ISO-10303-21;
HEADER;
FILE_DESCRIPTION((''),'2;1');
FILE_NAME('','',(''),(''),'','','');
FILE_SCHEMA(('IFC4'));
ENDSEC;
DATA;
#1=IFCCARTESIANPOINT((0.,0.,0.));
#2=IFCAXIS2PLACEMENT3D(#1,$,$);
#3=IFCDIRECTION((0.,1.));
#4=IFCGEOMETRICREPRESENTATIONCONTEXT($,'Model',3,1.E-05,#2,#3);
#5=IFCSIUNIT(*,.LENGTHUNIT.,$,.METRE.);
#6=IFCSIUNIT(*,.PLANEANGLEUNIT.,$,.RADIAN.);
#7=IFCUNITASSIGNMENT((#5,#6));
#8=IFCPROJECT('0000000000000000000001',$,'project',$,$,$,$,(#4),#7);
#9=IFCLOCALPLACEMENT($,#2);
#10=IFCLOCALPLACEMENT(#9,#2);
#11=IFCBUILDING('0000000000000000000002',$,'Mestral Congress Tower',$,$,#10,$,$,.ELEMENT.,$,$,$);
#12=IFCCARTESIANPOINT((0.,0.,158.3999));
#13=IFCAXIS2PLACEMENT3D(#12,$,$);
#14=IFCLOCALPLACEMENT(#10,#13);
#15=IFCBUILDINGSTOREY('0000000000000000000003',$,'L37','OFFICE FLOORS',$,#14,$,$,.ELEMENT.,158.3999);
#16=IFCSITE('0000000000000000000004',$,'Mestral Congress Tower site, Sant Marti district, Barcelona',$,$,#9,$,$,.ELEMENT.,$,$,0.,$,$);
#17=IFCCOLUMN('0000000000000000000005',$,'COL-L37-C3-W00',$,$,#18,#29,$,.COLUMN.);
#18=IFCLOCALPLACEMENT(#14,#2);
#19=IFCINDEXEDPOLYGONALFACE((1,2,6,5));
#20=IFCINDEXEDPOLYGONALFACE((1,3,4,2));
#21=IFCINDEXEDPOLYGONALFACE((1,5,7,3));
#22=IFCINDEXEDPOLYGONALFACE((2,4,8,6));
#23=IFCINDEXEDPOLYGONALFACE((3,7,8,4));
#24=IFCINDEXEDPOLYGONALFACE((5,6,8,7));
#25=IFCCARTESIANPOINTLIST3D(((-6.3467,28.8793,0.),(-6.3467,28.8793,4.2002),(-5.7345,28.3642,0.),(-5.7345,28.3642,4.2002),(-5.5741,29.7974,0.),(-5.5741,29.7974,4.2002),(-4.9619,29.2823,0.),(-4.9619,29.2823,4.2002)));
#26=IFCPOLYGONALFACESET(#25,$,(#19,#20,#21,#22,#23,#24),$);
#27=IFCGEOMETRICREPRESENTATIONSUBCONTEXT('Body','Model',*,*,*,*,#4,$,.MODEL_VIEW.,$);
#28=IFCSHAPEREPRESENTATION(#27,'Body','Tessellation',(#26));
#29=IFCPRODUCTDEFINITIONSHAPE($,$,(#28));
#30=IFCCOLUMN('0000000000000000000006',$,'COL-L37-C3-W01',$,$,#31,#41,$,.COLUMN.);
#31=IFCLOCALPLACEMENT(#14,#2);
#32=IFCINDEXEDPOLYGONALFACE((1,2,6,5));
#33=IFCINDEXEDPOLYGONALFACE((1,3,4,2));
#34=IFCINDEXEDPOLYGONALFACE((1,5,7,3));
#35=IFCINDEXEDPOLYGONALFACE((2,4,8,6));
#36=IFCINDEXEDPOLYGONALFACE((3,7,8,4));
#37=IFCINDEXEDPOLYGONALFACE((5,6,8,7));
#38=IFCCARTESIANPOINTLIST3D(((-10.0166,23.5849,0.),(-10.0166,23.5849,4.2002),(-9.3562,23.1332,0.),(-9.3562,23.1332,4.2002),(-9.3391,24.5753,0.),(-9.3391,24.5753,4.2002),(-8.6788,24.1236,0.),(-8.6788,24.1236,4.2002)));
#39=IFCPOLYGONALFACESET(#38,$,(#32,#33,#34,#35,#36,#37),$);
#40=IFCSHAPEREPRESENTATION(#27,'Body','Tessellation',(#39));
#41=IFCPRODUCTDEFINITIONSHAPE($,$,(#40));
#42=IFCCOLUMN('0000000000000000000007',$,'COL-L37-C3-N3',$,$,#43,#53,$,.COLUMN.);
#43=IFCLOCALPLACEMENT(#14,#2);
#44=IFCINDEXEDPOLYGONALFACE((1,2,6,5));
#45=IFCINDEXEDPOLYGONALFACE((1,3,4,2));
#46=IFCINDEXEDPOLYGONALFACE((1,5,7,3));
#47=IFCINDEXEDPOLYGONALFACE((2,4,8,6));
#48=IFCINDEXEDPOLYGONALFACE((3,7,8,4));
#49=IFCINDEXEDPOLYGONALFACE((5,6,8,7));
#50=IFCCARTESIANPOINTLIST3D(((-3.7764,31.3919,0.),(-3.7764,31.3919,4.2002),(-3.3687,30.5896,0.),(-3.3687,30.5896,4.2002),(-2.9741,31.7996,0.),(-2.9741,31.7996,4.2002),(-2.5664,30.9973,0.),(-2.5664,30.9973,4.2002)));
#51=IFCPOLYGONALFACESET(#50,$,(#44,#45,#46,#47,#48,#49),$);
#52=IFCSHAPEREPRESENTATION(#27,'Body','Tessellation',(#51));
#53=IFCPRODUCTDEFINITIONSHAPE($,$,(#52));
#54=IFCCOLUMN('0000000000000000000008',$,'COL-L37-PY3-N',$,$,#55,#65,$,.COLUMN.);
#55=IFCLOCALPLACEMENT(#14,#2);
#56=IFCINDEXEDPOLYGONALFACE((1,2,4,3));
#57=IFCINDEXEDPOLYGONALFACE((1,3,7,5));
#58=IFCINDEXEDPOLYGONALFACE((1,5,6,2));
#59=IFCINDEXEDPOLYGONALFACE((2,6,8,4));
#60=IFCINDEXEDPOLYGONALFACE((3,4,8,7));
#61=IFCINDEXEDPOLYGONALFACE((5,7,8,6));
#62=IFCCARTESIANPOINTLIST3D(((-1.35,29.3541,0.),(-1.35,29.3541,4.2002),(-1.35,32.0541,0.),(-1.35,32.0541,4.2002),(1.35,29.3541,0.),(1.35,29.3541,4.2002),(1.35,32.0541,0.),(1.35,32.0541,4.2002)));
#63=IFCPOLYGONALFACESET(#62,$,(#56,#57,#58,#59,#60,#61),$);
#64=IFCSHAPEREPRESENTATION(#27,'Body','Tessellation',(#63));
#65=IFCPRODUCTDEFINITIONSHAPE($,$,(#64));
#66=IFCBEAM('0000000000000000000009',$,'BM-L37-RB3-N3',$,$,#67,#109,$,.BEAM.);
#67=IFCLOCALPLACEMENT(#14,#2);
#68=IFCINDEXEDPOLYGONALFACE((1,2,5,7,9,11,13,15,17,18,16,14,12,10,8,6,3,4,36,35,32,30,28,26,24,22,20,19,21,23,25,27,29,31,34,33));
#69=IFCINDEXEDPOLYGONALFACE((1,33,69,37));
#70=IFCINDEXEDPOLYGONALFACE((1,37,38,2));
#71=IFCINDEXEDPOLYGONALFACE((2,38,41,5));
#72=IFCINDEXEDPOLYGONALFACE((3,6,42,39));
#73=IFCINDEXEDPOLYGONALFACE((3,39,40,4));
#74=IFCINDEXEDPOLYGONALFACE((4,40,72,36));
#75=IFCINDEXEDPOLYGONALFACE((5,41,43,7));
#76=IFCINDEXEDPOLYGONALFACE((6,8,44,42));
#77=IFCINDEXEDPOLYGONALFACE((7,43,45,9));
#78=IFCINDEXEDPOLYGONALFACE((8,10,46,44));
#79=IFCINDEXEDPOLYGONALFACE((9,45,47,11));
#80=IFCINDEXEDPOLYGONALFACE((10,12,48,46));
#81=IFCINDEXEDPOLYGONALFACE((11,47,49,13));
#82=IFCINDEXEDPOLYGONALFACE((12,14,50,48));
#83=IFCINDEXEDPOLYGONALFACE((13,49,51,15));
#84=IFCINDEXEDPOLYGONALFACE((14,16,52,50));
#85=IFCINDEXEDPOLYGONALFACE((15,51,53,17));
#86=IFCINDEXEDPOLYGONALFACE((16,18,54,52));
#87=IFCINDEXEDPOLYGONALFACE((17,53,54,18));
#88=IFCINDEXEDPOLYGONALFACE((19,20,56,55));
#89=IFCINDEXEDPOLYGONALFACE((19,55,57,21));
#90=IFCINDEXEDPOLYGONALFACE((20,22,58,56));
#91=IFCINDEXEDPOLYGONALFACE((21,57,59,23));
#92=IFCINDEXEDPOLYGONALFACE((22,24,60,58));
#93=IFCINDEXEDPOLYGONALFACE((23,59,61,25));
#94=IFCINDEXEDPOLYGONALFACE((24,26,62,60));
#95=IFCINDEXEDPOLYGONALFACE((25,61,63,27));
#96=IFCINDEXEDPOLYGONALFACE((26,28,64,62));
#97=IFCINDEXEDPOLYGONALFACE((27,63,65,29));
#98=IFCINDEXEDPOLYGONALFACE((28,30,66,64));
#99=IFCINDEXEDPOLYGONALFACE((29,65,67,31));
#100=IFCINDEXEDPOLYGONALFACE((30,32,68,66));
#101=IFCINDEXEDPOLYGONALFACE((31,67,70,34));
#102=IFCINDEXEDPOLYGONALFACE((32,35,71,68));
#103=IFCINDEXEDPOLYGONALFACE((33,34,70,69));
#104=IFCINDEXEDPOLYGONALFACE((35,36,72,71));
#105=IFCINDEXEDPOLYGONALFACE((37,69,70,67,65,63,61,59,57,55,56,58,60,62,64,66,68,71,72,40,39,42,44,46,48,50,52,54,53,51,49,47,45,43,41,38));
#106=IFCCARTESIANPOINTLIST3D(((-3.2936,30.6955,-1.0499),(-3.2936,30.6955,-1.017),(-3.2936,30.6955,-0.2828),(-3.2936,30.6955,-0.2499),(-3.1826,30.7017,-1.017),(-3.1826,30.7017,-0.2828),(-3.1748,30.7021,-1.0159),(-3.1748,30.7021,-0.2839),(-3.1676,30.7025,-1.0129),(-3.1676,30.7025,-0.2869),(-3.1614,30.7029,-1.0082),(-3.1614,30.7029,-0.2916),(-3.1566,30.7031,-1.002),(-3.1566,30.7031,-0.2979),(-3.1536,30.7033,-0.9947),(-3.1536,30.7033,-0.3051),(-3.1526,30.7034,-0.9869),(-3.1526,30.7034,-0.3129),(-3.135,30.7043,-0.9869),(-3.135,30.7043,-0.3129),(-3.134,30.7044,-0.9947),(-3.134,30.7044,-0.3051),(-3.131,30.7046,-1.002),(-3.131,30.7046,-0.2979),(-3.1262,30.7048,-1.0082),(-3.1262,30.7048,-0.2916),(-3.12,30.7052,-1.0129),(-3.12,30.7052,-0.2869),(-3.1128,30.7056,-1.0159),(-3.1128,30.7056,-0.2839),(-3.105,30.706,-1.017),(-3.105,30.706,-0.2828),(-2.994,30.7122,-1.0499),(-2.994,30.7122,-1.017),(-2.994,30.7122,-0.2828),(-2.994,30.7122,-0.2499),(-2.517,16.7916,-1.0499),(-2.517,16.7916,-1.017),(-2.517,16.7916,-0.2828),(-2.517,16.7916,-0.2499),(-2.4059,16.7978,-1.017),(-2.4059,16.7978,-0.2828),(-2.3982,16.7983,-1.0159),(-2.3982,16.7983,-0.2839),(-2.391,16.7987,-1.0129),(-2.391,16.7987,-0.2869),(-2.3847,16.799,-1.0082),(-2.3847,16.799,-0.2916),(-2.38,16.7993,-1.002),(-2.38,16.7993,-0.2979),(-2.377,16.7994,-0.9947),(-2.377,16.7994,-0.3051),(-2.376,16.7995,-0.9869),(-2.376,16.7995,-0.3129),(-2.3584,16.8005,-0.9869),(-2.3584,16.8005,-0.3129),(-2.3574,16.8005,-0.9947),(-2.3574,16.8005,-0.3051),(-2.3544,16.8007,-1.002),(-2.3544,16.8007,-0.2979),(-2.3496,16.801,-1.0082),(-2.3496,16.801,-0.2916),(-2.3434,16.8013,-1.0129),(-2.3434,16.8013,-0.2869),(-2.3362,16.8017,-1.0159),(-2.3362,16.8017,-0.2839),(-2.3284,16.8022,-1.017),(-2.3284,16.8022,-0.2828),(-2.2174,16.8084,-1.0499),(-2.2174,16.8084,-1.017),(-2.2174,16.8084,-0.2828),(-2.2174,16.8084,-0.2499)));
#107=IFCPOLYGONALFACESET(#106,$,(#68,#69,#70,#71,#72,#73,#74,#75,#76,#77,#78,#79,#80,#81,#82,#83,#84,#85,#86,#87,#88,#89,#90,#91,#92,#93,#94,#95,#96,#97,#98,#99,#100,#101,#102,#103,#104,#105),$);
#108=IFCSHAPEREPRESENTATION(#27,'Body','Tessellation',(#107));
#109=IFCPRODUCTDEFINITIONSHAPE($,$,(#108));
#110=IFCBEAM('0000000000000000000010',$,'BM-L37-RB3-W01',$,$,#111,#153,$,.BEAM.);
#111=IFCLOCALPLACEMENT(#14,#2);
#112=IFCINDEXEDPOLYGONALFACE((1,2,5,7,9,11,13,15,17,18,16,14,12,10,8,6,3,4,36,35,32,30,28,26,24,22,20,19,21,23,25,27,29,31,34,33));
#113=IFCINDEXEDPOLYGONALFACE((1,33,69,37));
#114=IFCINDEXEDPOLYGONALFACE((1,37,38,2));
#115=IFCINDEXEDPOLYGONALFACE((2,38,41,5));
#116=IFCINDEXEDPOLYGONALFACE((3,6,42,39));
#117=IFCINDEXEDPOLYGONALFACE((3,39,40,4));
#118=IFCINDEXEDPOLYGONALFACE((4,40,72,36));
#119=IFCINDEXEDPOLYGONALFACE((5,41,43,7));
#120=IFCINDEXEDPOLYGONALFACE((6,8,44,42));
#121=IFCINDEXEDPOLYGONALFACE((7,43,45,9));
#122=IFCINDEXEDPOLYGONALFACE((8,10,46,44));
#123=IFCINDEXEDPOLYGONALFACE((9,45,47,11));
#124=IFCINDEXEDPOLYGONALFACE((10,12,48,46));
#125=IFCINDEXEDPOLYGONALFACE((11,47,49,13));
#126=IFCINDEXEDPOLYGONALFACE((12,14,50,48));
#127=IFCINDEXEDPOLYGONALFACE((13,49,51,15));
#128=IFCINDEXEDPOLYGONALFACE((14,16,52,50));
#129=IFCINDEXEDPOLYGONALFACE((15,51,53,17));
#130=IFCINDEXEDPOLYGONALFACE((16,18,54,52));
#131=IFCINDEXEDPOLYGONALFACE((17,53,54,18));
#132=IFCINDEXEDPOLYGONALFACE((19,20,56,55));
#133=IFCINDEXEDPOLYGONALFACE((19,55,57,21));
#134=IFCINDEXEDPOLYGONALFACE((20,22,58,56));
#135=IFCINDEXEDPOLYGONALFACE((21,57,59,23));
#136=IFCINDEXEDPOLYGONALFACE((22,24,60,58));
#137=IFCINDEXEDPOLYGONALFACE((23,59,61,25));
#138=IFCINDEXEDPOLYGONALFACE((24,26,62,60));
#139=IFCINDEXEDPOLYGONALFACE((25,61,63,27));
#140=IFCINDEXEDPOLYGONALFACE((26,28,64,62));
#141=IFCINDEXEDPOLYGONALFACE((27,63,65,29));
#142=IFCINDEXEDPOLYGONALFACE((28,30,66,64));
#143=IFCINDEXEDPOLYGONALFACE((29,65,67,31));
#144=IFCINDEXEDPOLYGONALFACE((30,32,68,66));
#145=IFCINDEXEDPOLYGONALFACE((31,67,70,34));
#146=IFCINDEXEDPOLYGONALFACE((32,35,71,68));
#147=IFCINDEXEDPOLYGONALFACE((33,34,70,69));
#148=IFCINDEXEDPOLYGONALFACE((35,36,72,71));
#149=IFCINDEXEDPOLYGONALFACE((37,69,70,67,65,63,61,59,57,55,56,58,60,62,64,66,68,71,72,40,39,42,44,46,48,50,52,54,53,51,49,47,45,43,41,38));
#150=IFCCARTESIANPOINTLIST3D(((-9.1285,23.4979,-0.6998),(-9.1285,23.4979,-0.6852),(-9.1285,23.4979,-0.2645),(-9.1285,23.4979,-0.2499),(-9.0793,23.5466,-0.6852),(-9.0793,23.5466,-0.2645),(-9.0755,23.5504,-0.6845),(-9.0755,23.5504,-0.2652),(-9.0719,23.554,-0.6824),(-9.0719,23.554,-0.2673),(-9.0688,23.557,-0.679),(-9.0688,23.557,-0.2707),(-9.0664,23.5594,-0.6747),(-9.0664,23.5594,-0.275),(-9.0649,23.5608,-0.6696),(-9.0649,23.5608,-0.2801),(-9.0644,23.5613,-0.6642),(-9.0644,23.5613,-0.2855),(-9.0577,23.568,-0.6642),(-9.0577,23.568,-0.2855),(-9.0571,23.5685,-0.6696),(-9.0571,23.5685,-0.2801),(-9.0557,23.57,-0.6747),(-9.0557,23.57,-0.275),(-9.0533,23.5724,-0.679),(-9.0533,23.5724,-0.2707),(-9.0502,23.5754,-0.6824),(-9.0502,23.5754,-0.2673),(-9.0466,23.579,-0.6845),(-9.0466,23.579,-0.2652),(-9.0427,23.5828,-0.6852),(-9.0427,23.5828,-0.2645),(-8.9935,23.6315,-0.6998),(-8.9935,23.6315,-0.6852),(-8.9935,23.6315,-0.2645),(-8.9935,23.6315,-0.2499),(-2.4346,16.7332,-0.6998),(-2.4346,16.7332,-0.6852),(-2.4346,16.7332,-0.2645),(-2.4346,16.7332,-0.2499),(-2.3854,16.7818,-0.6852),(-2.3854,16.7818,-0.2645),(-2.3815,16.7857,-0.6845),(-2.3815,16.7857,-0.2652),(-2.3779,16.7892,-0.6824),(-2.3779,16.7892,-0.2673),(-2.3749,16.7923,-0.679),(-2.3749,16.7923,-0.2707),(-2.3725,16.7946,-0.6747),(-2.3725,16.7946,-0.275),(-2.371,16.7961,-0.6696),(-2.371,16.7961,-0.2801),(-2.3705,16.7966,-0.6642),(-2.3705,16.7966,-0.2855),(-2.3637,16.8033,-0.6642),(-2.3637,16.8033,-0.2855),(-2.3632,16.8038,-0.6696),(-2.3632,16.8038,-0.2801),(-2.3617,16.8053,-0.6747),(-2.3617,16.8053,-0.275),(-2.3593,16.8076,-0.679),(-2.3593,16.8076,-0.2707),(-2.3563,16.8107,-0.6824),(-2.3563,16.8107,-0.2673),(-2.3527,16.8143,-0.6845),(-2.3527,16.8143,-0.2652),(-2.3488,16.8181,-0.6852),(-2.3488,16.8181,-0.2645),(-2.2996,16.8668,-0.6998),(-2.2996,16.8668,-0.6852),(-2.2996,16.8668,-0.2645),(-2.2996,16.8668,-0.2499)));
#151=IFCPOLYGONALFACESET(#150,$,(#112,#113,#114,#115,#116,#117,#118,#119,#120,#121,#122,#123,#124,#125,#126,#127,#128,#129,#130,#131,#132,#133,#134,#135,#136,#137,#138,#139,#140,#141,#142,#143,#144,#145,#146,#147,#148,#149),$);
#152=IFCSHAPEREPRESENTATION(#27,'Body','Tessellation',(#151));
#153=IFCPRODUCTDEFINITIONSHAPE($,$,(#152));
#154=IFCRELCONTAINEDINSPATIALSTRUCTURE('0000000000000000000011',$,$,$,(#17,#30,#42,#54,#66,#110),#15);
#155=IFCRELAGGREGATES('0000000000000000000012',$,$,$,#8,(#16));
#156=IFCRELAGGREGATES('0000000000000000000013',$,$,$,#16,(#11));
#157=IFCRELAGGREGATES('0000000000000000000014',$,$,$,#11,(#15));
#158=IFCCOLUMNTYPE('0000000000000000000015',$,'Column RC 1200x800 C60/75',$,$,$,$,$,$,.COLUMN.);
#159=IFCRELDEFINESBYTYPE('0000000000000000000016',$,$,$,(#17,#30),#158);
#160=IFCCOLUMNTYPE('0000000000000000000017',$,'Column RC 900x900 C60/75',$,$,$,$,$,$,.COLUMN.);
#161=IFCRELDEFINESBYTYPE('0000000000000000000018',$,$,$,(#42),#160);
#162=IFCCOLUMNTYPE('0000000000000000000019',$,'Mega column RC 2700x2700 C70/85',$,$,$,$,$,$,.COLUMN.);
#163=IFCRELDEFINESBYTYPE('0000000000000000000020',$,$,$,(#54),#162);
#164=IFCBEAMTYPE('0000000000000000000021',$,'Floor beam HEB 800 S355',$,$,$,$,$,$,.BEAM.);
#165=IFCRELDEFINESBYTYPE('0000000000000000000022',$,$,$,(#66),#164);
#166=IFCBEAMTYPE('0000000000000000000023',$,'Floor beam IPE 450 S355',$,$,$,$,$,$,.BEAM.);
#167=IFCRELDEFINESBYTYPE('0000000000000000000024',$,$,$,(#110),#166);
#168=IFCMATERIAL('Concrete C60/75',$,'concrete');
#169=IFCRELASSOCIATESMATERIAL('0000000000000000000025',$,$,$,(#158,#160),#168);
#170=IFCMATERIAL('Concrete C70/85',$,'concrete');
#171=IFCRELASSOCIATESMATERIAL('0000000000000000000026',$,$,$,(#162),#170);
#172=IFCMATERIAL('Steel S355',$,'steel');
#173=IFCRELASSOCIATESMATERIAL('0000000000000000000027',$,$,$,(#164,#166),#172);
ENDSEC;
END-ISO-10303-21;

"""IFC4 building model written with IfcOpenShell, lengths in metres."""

from ifc_helpers import new_model, si_unit, direction, frame, origin, origin_2d, place, context, subcontext, project, spatial, rectangle, i_section, extrude, material, material_profile, profile_set, type_object, element, save


model = new_model("IFC4")

# Units and contexts
model_context = context("Model", 3, precision=1e-05, world=origin(), true_north=direction((0.0, 1.0)))
body_context = subcontext(model_context, "Body", "Model", "MODEL_VIEW")
ifc_project = project(units=[si_unit("LENGTHUNIT", "METRE"), si_unit("PLANEANGLEUNIT", "RADIAN")], contexts=[model_context])

# Site, building, storey
site_placement = place(None, origin())
site = spatial("IfcSite", under=ifc_project, at=site_placement, Name="Mestral Congress Tower site, Sant Marti district, Barcelona", CompositionType="ELEMENT", RefElevation=0.0)
building_placement = place(site_placement, origin())
building = spatial("IfcBuilding", under=site, at=building_placement, Name="Mestral Congress Tower", CompositionType="ELEMENT")
storey_placement = place(building_placement, frame((0.0, 0.0, 158.3999)))
storey = spatial("IfcBuildingStorey", under=building, at=storey_placement, Name="L37", Description="OFFICE FLOORS", CompositionType="ELEMENT", Elevation=158.3999)

# Columns
ifc_material_1 = material(Name="Concrete C60/75", Category="concrete")
ifc_material_profile_1 = material_profile(ifc_material_1, rectangle(XDim=1.2, YDim=0.8, at=origin_2d()), Name="RC 1200x800")
ifc_profile_set_1 = profile_set([ifc_material_profile_1], Name="Concrete C60/75")
column_type_1 = type_object("IfcColumnType", Name="Column RC 1200x800 C60/75", PredefinedType="COLUMN", material=ifc_profile_set_1)
for number, where, z_axis, x_axis, name in (
    (1, (-5.6543, 29.0808, 0.0), (0.0, 0.0, 1.0), (-0.643827, -0.765171, 0.0), "COL-L37-C3-W00"),
    (2, (-9.3477, 23.8542, 0.0), (0.0, 0.0, 1.0), (-0.564568, -0.825387, 0.0), "COL-L37-C3-W01"),
):
    element("IfcColumn", number, at=place(storey_placement, frame(where, z_axis=z_axis, x_axis=x_axis)), inside=storey, type_object=column_type_1, Name=name, PredefinedType="COLUMN", context=body_context, shape_type="SweptSolid", body=[
        extrude(rectangle(XDim=1.2, YDim=0.8, at=origin_2d()), origin(), (0.0, 0.0, 1.0), 4.2002),
    ])
ifc_material_profile_2 = material_profile(ifc_material_1, rectangle(XDim=0.8999, YDim=0.8999, at=origin_2d()), Name="RC 900x900")
ifc_profile_set_2 = profile_set([ifc_material_profile_2], Name="Concrete C60/75")
column_type_2 = type_object("IfcColumnType", Name="Column RC 900x900 C60/75", PredefinedType="COLUMN", material=ifc_profile_set_2)
column_1_placement = place(storey_placement, frame((-3.1714, 31.1946, 0.0), z_axis=(0.0, 0.0, 1.0), x_axis=(-0.891486, -0.453048, 0.0)))
element("IfcColumn", 3, at=column_1_placement, inside=storey, type_object=column_type_2, Name="COL-L37-C3-N3", PredefinedType="COLUMN", context=body_context, shape_type="SweptSolid", body=[
    extrude(rectangle(XDim=0.8999, YDim=0.8999, at=origin_2d()), origin(), (0.0, 0.0, 1.0), 4.2002),
])
ifc_material_2 = material(Name="Concrete C70/85", Category="concrete")
ifc_material_profile_3 = material_profile(ifc_material_2, rectangle(XDim=2.7, YDim=2.7, at=origin_2d()), Name="RC 2700x2700")
ifc_profile_set_3 = profile_set([ifc_material_profile_3], Name="Concrete C70/85")
column_type_3 = type_object("IfcColumnType", Name="Mega column RC 2700x2700 C70/85", PredefinedType="COLUMN", material=ifc_profile_set_3)
column_2_placement = place(storey_placement, frame((0.0, 30.7041, 0.0), z_axis=(0.0, 0.0, 1.0), x_axis=(0.0, 1.0, 0.0)))
element("IfcColumn", 4, at=column_2_placement, inside=storey, type_object=column_type_3, Name="COL-L37-PY3-N", PredefinedType="COLUMN", context=body_context, shape_type="SweptSolid", body=[
    extrude(rectangle(XDim=2.7, YDim=2.7, at=origin_2d()), origin(), (0.0, 0.0, 1.0), 4.2002),
])

# Beams
ifc_material_3 = material(Name="Steel S355", Category="steel")
ifc_material_profile_4 = material_profile(ifc_material_3, i_section(OverallWidth=0.3, OverallDepth=0.8, WebThickness=0.0176, FlangeThickness=0.033, FilletRadius=0.03, at=origin_2d()), Name="HEB 800")
ifc_profile_set_4 = profile_set([ifc_material_profile_4], Name="Steel S355")
beam_type_1 = type_object("IfcBeamType", Name="Floor beam HEB 800 S355", PredefinedType="BEAM", material=ifc_profile_set_4)
beam_1_placement = place(storey_placement, frame((-3.1438, 30.7039, -0.6499), z_axis=(0.055769, -0.998444, 0.0), x_axis=(0.998444, 0.055769, 0.0)))
element("IfcBeam", 5, at=beam_1_placement, inside=storey, type_object=beam_type_1, Name="BM-L37-RB3-N3", PredefinedType="BEAM", context=body_context, shape_type="SweptSolid", body=[
    extrude(i_section(OverallWidth=0.3, OverallDepth=0.8, WebThickness=0.0176, FlangeThickness=0.033, FilletRadius=0.03, at=origin_2d()), origin(), (0.0, 0.0, 1.0), 13.9255),
])
ifc_material_profile_5 = material_profile(ifc_material_3, i_section(OverallWidth=0.1899, OverallDepth=0.45, WebThickness=0.0095, FlangeThickness=0.0146, FilletRadius=0.021, at=origin_2d()), Name="IPE 450")
ifc_profile_set_5 = profile_set([ifc_material_profile_5], Name="Steel S355")
beam_type_2 = type_object("IfcBeamType", Name="Floor beam IPE 450 S355", PredefinedType="BEAM", material=ifc_profile_set_5)
beam_2_placement = place(storey_placement, frame((-9.061, 23.5647, -0.4749), z_axis=(0.703377, -0.710817, 0.0), x_axis=(0.710817, 0.703377, 0.0)))
element("IfcBeam", 6, at=beam_2_placement, inside=storey, type_object=beam_type_2, Name="BM-L37-RB3-W01", PredefinedType="BEAM", context=body_context, shape_type="SweptSolid", body=[
    extrude(i_section(OverallWidth=0.1899, OverallDepth=0.45, WebThickness=0.0095, FlangeThickness=0.0146, FilletRadius=0.021, at=origin_2d()), origin(), (0.0, 0.0, 1.0), 9.5168),
])

save(model, "model.ifc")
